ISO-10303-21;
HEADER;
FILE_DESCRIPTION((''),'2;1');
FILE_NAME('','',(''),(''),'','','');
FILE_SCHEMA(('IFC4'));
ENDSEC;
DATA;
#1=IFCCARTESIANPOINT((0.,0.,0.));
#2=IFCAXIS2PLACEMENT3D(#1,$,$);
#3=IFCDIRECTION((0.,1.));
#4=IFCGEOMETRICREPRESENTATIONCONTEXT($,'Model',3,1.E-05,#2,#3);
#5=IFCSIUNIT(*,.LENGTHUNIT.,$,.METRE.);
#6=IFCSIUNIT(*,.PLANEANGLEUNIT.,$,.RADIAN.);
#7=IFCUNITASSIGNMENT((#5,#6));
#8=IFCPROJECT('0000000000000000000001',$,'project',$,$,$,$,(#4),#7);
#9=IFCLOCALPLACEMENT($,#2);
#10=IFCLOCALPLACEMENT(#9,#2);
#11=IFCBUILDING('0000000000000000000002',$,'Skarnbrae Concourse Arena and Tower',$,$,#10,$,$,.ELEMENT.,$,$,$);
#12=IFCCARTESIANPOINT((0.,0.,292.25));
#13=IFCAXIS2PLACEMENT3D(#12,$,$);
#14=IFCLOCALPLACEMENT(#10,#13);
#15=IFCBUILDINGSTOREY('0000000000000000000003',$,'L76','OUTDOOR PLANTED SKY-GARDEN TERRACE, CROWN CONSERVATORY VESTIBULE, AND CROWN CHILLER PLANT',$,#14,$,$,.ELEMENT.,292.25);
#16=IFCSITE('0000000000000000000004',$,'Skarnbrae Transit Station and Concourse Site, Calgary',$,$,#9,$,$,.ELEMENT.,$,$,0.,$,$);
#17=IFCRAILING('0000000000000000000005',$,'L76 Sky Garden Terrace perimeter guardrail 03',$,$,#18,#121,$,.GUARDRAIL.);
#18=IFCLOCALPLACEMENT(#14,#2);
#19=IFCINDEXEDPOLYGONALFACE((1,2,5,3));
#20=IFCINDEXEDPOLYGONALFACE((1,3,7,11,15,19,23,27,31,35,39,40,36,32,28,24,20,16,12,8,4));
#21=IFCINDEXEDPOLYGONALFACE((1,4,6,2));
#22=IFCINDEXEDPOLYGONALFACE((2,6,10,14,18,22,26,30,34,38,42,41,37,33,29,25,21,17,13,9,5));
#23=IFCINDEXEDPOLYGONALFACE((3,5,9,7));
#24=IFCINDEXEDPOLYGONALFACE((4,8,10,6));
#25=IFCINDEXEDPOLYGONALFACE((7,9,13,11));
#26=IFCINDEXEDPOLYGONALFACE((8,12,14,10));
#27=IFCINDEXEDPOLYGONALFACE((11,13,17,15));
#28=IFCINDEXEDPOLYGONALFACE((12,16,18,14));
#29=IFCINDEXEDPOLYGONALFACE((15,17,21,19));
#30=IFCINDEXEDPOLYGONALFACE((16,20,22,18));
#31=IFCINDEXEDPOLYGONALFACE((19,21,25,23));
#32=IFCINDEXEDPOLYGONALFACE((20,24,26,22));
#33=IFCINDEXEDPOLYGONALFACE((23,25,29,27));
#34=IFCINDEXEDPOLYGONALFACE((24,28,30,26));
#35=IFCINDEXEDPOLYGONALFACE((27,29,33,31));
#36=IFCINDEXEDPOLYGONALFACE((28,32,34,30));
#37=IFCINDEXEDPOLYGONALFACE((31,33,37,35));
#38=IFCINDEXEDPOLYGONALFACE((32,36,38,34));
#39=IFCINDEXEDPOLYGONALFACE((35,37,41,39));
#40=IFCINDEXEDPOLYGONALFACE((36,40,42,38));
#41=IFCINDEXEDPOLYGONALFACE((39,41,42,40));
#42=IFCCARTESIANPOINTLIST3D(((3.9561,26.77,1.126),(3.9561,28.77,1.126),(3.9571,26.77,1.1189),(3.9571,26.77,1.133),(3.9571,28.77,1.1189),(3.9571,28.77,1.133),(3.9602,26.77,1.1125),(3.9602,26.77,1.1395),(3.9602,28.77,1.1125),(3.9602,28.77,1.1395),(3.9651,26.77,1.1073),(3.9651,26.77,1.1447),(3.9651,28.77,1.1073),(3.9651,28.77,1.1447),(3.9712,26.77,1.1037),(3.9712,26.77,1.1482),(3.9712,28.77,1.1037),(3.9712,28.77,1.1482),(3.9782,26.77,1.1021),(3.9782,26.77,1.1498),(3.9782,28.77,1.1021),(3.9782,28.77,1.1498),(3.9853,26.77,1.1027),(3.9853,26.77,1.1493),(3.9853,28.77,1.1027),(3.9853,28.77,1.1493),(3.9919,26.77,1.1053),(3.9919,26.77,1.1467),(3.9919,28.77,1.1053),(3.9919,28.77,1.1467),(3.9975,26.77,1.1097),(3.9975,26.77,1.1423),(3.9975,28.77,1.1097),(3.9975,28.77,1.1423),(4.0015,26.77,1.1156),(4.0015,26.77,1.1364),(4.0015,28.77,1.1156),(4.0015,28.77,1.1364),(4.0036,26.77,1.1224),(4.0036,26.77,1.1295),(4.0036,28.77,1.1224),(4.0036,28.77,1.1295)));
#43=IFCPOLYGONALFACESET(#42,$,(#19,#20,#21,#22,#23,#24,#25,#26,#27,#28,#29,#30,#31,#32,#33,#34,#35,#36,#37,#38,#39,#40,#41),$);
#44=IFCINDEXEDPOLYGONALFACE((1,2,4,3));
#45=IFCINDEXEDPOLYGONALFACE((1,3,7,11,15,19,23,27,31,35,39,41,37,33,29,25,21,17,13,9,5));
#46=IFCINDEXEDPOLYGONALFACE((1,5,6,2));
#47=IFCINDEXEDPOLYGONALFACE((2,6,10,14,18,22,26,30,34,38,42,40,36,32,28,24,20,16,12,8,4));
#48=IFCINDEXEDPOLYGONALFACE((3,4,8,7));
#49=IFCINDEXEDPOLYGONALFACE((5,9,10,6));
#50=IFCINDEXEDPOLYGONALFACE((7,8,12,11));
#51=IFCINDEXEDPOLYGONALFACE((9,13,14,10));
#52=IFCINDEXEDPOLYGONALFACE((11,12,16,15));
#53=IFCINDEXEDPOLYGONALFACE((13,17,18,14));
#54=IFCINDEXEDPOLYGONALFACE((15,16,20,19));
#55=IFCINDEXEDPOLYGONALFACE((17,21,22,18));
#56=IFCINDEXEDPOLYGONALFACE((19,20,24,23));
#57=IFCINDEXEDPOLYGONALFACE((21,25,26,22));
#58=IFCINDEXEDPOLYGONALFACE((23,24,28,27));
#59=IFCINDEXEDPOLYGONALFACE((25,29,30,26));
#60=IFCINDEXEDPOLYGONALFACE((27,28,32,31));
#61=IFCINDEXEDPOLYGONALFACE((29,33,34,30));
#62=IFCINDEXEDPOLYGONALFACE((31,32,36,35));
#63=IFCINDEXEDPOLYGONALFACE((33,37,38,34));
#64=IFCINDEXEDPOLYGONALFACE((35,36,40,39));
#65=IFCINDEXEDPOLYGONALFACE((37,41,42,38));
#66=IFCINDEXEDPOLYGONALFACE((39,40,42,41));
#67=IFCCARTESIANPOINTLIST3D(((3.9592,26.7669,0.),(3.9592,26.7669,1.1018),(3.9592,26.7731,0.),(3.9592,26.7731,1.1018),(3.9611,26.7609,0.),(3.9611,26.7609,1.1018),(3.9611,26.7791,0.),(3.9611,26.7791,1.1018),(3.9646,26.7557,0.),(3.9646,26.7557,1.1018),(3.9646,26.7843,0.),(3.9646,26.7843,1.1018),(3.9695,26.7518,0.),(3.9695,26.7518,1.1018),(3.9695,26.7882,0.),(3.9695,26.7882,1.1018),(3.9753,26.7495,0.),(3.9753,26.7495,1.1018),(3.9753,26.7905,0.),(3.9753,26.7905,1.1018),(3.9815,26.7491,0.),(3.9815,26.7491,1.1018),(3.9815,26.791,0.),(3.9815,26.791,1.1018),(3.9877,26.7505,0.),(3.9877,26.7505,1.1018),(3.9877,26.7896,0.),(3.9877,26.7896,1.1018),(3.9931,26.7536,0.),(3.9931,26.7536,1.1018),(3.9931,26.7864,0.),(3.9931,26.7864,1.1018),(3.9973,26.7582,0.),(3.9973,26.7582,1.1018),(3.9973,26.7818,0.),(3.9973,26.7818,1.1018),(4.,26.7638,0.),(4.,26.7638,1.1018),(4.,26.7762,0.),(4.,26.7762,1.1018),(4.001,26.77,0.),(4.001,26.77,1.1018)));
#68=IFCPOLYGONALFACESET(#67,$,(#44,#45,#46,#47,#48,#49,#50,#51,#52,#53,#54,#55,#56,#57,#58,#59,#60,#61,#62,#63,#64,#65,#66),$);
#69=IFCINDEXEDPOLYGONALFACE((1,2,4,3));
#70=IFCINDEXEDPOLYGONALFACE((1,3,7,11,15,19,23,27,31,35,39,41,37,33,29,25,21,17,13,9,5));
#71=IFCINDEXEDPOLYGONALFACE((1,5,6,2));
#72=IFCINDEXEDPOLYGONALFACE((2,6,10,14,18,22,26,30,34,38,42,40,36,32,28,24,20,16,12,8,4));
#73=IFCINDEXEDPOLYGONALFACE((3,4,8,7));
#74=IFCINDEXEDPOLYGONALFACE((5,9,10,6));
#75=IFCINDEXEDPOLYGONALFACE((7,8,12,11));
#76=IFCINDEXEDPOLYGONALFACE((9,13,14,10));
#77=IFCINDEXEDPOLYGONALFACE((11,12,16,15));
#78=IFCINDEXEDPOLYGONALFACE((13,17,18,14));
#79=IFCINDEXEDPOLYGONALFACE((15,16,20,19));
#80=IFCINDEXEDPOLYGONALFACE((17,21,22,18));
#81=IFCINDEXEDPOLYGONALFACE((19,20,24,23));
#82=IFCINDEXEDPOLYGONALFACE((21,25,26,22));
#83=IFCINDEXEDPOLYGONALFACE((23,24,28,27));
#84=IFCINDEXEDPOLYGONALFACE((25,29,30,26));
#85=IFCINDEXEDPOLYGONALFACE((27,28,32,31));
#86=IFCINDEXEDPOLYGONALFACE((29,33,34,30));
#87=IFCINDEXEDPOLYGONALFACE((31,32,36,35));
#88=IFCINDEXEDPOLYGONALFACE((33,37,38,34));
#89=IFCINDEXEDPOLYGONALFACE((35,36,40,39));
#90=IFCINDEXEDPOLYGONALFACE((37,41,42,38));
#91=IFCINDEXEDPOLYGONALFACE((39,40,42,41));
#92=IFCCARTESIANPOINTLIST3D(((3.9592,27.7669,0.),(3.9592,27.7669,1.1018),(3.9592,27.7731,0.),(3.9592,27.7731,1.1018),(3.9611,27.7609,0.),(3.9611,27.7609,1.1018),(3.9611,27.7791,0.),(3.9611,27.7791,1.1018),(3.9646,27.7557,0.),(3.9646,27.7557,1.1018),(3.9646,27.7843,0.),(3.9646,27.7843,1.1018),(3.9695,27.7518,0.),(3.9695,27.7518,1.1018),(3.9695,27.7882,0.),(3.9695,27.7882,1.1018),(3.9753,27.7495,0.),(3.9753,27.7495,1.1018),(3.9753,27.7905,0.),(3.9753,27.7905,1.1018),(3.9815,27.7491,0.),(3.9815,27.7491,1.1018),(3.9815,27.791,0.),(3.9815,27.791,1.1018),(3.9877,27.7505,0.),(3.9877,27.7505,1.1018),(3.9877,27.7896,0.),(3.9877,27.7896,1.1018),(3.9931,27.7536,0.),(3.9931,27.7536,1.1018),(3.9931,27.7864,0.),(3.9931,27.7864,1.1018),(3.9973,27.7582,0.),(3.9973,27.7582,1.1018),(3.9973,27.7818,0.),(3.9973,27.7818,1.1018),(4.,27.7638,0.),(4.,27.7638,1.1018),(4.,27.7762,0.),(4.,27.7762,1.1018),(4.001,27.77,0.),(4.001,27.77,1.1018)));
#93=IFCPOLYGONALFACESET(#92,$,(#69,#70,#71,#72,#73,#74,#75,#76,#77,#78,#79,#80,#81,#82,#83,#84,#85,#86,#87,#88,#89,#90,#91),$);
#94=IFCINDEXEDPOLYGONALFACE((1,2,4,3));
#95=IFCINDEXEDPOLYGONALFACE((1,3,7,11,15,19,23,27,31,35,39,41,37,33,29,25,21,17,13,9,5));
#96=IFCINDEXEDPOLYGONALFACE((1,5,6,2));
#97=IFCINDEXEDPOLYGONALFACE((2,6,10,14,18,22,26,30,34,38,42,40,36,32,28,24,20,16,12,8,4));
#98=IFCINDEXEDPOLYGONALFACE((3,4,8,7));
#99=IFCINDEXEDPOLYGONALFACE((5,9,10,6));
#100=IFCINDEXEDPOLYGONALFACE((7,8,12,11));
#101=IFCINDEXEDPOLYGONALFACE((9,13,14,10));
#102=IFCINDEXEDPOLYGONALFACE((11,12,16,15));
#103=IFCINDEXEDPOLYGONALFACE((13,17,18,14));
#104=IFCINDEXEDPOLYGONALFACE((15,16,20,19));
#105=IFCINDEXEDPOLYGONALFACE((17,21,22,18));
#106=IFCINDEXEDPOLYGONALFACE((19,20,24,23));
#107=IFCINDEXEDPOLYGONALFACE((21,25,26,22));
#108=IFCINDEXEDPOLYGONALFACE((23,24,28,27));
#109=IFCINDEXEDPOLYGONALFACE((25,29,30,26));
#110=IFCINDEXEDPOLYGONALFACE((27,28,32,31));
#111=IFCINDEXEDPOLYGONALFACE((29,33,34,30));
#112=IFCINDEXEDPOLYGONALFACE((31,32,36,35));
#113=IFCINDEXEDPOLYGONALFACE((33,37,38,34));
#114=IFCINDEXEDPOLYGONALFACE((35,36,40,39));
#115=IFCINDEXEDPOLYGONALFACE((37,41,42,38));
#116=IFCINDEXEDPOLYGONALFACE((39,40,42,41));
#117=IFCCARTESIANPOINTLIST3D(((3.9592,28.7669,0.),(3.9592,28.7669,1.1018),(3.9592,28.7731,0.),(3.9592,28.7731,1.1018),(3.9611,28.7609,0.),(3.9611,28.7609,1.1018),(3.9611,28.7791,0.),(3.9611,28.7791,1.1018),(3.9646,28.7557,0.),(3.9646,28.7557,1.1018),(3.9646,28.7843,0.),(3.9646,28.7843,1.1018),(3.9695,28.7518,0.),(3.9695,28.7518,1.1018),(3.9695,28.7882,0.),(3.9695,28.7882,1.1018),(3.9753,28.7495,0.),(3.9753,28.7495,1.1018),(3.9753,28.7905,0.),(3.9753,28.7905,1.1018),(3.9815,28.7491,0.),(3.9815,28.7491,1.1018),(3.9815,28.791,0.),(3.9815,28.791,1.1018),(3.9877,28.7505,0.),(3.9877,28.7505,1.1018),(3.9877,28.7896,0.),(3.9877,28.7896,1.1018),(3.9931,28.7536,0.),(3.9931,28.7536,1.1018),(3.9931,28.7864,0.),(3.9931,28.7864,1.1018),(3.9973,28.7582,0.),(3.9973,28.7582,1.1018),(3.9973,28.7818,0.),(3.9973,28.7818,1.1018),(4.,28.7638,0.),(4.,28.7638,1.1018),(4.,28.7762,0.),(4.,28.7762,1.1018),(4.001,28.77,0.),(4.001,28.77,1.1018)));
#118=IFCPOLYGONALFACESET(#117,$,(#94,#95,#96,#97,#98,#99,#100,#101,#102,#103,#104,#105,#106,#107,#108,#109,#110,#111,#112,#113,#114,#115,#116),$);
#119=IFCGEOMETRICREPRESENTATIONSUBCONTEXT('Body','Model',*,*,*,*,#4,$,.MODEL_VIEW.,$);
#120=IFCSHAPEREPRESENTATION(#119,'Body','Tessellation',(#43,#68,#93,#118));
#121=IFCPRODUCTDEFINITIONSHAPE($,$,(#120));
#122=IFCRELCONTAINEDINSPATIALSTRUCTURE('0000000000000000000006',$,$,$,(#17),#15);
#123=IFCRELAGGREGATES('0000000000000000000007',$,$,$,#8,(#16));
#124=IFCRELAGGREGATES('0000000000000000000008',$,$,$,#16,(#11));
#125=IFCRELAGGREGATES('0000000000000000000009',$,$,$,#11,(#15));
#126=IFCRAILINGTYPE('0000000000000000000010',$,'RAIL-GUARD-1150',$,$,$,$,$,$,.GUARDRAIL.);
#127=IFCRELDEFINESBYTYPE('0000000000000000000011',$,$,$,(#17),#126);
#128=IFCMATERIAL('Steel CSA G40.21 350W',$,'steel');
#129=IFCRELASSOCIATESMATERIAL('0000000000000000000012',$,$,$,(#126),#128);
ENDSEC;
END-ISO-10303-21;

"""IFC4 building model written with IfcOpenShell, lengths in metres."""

from ifc_helpers import new_model, si_unit, direction, frame, origin, origin_2d, place, context, subcontext, project, spatial, circle, extrude, material, type_object, element, save


model = new_model("IFC4")

# Units and contexts
model_context = context("Model", 3, precision=1e-05, world=origin(), true_north=direction((0.0, 1.0)))
body_context = subcontext(model_context, "Body", "Model", "MODEL_VIEW")
ifc_project = project(units=[si_unit("LENGTHUNIT", "METRE"), si_unit("PLANEANGLEUNIT", "RADIAN")], contexts=[model_context])

# Site, building, storey
site_placement = place(None, origin())
site = spatial("IfcSite", under=ifc_project, at=site_placement, Name="Skarnbrae Transit Station and Concourse Site, Calgary", CompositionType="ELEMENT", RefElevation=0.0)
building_placement = place(site_placement, origin())
building = spatial("IfcBuilding", under=site, at=building_placement, Name="Skarnbrae Concourse Arena and Tower", CompositionType="ELEMENT")
storey_placement = place(building_placement, frame((0.0, 0.0, 292.25)))
storey = spatial("IfcBuildingStorey", under=building, at=storey_placement, Name="L76", Description="OUTDOOR PLANTED SKY-GARDEN TERRACE, CROWN CONSERVATORY VESTIBULE, AND CROWN CHILLER PLANT", CompositionType="ELEMENT", Elevation=292.25)

# Shared definitions
ifc_material_1 = material(Name="Steel CSA G40.21 350W", Category="steel")

# Railing
railing_type = type_object("IfcRailingType", Name="RAIL-GUARD-1150", PredefinedType="GUARDRAIL", material=ifc_material_1)
railing_1_placement = place(storey_placement, frame((3.98, 26.77, 0.0)))
element("IfcRailing", 1, at=railing_1_placement, inside=storey, type_object=railing_type, Name="L76 Sky Garden Terrace perimeter guardrail 03", PredefinedType="GUARDRAIL", context=body_context, shape_type="SweptSolid", body=[
    extrude(circle(Radius=0.0239, at=origin_2d()), frame((0.0, 0.0, 1.126), z_axis=(0.0, 1.0, 0.0), x_axis=(-1.0, 0.0, 0.0)), (0.0, 0.0, 1.0), 2.0),
    extrude(circle(Radius=0.021, at=origin_2d()), origin(), (0.0, 0.0, 1.0), 1.1018),
    extrude(circle(Radius=0.021, at=origin_2d()), frame((0.0, 1.0, 0.0)), (0.0, 0.0, 1.0), 1.1018),
    extrude(circle(Radius=0.021, at=origin_2d()), frame((0.0, 2.0, 0.0)), (0.0, 0.0, 1.0), 1.1018),
])

save(model, "model.ifc")
